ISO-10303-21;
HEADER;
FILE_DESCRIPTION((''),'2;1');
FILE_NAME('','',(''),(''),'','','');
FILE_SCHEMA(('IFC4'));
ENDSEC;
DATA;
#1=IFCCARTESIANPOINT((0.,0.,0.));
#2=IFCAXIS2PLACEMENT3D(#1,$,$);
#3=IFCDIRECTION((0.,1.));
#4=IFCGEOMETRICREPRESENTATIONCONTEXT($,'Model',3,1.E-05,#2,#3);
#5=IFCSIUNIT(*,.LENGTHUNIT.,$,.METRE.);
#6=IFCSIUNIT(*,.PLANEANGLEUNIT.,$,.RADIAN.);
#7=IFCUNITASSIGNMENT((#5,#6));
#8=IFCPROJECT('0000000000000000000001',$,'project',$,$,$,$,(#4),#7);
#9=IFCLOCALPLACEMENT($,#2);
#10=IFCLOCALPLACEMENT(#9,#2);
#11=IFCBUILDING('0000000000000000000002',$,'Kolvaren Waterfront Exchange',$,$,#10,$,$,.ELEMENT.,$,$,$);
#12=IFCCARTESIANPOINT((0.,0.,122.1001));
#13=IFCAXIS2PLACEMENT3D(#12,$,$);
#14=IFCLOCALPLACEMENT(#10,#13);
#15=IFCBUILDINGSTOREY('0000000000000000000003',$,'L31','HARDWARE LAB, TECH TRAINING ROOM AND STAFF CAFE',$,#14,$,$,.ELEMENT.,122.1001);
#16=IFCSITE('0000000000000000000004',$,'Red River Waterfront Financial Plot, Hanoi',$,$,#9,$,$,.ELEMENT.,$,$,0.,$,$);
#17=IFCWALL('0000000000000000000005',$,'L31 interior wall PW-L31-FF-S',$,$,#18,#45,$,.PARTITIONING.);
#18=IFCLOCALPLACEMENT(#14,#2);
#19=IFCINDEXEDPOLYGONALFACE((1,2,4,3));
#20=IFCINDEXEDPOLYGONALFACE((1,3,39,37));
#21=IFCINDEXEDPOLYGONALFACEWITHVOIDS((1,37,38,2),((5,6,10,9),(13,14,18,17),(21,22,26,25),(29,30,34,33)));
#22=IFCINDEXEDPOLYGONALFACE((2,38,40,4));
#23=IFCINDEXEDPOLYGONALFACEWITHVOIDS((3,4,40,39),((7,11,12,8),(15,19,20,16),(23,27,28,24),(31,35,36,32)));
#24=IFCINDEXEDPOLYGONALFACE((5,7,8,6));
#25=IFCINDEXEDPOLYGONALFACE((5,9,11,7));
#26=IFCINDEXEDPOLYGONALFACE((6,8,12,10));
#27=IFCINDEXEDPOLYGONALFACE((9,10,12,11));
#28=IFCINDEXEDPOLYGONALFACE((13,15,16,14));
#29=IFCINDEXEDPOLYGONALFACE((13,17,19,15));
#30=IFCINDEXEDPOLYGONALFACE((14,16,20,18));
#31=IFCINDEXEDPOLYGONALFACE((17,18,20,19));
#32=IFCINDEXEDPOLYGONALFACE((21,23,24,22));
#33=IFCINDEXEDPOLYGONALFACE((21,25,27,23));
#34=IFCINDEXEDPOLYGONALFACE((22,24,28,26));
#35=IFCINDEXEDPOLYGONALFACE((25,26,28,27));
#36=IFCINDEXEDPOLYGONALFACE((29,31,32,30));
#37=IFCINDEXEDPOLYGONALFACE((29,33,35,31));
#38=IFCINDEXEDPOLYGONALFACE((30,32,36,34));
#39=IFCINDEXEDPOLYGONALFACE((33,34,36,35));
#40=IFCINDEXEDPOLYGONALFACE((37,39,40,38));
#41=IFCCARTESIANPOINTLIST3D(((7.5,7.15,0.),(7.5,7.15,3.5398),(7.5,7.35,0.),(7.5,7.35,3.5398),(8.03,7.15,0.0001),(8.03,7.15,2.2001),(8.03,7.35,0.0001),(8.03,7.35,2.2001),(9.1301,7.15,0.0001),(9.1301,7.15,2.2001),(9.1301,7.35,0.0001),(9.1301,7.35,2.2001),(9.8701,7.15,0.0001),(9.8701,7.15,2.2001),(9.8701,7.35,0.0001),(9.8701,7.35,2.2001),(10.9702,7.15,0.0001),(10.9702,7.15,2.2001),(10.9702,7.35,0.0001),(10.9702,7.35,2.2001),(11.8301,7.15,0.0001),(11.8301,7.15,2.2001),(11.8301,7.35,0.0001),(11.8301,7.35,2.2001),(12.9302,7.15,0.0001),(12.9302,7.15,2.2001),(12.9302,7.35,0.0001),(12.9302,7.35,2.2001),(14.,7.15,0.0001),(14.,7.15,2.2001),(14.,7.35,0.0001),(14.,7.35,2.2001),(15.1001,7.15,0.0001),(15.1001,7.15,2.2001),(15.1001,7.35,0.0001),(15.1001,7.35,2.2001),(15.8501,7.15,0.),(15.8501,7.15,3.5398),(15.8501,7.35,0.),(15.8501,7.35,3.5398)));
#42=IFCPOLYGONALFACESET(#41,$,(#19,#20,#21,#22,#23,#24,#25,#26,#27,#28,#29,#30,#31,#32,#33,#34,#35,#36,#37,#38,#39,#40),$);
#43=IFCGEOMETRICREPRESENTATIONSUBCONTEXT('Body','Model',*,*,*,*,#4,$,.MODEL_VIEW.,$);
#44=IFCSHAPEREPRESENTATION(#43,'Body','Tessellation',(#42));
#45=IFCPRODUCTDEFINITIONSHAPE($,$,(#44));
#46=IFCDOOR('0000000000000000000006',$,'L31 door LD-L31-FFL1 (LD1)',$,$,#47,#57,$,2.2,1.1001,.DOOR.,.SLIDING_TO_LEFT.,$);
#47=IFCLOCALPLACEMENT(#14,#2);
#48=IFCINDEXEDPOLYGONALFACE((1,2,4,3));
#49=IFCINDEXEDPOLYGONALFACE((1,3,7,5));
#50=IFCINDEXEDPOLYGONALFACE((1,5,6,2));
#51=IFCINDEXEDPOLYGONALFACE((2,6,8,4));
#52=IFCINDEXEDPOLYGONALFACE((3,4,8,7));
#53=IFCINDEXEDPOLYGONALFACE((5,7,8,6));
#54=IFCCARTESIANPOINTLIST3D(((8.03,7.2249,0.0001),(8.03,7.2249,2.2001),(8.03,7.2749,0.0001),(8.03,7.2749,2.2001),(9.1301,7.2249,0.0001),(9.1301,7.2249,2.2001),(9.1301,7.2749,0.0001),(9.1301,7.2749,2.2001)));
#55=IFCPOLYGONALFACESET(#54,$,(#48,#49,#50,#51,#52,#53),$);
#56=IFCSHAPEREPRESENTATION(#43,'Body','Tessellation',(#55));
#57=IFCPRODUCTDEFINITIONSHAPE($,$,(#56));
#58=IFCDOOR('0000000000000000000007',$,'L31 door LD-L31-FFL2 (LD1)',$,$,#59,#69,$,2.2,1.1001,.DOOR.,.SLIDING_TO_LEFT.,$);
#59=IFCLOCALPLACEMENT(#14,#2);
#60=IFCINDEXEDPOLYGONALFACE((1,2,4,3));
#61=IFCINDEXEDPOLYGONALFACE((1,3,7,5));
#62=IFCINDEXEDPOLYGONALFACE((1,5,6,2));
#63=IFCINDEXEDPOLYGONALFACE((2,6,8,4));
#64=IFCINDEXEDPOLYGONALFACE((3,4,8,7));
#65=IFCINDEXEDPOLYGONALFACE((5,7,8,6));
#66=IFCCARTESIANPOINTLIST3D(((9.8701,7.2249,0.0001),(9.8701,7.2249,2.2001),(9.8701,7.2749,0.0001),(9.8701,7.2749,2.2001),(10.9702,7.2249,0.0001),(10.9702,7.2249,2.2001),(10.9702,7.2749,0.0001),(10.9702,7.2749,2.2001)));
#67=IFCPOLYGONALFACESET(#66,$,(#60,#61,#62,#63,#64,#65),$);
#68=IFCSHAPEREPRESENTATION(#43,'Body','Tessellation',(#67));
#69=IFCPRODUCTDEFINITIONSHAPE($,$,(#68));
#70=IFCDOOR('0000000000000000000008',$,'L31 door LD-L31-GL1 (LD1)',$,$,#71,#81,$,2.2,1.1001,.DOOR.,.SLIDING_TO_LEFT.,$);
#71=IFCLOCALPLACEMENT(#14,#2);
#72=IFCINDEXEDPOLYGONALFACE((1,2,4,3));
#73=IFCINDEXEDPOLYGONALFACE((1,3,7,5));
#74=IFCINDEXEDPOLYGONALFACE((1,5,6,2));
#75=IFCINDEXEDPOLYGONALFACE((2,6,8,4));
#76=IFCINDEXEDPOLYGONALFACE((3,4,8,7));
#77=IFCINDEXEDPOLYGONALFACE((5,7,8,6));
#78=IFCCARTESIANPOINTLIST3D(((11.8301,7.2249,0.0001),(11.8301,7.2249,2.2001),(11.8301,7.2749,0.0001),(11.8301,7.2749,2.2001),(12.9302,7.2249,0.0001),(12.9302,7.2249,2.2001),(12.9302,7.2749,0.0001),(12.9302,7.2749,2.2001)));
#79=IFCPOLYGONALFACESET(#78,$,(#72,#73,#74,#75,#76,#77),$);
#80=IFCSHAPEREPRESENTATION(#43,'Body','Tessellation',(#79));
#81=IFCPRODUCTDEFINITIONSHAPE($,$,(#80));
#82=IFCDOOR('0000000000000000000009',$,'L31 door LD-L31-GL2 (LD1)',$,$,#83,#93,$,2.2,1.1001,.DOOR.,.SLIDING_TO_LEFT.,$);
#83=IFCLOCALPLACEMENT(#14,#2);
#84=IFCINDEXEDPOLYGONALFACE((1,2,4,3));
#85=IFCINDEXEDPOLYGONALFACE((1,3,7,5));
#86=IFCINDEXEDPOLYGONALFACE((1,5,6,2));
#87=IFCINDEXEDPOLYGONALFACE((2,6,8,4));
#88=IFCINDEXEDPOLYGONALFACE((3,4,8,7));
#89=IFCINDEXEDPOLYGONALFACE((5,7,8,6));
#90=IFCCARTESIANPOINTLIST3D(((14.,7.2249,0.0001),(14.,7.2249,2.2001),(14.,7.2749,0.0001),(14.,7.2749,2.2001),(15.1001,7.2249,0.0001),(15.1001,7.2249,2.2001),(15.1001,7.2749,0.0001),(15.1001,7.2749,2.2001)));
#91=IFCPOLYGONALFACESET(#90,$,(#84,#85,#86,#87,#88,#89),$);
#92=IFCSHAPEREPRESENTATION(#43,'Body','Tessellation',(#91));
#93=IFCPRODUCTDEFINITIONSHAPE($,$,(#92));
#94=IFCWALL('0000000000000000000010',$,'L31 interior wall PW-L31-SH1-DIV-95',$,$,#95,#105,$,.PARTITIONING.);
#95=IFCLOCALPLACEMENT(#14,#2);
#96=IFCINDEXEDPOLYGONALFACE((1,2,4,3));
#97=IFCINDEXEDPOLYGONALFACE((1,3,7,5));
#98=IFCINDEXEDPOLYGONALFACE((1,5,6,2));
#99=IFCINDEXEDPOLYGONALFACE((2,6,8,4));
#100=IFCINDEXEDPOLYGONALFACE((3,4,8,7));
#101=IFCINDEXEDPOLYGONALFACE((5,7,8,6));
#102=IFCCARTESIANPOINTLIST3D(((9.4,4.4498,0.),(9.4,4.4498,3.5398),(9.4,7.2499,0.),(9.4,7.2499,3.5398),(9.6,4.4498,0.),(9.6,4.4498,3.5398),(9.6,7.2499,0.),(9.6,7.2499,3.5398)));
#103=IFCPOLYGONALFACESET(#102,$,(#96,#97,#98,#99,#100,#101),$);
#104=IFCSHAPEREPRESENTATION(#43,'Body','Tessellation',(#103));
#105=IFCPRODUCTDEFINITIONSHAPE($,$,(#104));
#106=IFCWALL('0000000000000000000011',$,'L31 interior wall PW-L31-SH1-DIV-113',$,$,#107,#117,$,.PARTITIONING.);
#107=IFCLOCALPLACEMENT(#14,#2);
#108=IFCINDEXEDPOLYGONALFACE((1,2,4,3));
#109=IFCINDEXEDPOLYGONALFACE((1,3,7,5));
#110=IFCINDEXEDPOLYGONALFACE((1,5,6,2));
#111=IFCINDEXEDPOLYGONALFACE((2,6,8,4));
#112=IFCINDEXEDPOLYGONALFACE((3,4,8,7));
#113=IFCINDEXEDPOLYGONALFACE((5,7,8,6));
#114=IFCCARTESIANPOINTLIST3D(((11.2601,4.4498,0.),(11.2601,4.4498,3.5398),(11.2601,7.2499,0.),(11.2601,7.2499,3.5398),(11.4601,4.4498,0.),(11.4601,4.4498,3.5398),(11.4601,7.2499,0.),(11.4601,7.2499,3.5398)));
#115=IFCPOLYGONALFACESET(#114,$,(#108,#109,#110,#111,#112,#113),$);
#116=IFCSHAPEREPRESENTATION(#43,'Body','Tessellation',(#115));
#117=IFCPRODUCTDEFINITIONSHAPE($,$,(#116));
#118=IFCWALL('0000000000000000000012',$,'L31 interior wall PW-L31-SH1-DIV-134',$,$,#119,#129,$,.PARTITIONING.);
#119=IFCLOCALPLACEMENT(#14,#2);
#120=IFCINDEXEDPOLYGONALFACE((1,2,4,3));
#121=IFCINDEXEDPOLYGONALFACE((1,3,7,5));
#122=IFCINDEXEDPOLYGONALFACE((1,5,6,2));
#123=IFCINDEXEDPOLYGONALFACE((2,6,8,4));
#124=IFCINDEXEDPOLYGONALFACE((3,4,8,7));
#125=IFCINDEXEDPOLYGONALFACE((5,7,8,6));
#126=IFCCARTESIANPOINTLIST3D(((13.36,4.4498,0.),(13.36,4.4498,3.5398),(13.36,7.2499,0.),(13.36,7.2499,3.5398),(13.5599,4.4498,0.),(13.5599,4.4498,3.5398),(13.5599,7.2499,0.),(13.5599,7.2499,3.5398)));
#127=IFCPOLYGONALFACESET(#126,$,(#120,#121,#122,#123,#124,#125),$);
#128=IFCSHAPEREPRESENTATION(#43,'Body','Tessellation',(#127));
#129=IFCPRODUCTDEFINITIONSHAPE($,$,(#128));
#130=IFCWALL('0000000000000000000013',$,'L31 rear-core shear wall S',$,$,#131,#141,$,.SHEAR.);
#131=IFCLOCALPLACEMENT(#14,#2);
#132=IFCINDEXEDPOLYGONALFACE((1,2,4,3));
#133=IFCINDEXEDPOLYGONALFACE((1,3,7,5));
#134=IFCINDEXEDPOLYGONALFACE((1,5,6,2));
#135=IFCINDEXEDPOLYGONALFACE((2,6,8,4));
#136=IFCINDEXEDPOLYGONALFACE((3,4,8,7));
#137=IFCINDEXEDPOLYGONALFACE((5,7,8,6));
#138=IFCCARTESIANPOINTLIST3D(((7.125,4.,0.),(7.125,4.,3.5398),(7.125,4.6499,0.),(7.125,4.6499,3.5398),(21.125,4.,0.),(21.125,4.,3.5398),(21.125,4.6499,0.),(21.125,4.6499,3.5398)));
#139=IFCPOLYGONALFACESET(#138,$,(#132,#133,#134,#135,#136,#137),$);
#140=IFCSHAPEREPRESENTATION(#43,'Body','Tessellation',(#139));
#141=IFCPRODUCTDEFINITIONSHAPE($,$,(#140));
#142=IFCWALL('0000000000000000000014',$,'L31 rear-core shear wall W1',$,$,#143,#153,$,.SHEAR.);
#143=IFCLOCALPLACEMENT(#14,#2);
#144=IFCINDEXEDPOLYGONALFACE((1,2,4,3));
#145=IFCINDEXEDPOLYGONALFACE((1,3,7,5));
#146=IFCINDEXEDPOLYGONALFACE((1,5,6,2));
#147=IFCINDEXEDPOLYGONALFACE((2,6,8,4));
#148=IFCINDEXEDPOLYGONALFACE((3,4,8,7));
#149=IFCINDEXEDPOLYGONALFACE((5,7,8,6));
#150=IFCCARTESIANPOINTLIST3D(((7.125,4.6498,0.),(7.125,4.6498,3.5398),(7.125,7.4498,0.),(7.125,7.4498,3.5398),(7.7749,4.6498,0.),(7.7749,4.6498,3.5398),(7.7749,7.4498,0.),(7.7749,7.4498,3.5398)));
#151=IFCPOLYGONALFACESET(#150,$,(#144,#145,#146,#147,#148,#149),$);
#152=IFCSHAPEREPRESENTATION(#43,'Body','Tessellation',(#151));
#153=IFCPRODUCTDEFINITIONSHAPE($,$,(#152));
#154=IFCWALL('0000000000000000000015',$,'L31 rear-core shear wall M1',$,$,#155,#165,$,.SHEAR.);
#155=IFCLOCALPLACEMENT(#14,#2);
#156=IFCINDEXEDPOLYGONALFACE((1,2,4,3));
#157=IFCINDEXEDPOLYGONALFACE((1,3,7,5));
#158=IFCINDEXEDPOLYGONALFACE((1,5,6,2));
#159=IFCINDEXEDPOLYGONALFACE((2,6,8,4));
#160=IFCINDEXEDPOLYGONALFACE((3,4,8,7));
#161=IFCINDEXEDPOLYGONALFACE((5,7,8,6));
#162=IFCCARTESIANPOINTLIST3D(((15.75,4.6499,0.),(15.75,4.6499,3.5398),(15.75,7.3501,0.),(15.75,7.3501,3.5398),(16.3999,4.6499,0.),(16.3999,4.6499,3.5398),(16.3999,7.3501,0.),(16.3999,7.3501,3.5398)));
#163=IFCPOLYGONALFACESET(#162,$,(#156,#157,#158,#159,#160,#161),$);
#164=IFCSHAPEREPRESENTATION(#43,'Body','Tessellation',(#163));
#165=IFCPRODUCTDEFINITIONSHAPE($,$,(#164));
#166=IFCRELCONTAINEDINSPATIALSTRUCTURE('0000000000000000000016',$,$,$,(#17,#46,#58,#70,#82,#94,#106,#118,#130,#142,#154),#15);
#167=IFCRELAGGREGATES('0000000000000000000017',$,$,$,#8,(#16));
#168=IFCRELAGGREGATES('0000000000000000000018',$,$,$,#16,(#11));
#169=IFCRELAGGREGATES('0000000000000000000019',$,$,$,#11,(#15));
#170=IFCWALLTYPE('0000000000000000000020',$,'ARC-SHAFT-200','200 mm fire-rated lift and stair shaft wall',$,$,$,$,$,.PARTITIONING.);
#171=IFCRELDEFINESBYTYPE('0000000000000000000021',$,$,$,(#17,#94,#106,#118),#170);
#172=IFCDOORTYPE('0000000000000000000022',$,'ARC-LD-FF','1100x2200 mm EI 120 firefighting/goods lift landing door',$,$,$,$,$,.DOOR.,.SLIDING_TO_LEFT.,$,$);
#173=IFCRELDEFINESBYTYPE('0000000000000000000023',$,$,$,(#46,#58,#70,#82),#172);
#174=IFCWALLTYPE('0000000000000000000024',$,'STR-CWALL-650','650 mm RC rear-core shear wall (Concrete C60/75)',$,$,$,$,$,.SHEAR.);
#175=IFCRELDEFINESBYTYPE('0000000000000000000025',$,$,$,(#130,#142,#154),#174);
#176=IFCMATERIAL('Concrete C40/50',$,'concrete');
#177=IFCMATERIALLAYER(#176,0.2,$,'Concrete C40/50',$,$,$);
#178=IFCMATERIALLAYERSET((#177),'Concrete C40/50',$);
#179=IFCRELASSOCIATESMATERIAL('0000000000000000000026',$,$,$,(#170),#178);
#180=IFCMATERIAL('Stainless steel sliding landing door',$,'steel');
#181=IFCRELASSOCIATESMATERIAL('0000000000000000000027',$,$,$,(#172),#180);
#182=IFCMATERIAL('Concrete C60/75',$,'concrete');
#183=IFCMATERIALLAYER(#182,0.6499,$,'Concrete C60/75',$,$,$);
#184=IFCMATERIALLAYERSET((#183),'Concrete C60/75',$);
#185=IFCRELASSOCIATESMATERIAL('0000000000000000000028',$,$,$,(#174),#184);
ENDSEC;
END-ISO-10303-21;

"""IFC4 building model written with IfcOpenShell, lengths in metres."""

from ifc_helpers import new_model, si_unit, direction, frame, frame_2d, origin, place, context, subcontext, project, spatial, rectangle, extrude, material, layer, layer_set, type_object, element, fill, save


model = new_model("IFC4")

# Units and contexts
model_context = context("Model", 3, precision=1e-05, world=origin(), true_north=direction((0.0, 1.0)))
body_context = subcontext(model_context, "Body", "Model", "MODEL_VIEW")
ifc_project = project(units=[si_unit("LENGTHUNIT", "METRE"), si_unit("PLANEANGLEUNIT", "RADIAN")], contexts=[model_context])

# Site, building, storey
site_placement = place(None, origin())
site = spatial("IfcSite", under=ifc_project, at=site_placement, Name="Red River Waterfront Financial Plot, Hanoi", CompositionType="ELEMENT", RefElevation=0.0)
building_placement = place(site_placement, origin())
building = spatial("IfcBuilding", under=site, at=building_placement, Name="Kolvaren Waterfront Exchange", CompositionType="ELEMENT")
storey_placement = place(building_placement, frame((0.0, 0.0, 122.1001)))
storey = spatial("IfcBuildingStorey", under=building, at=storey_placement, Name="L31", Description="HARDWARE LAB, TECH TRAINING ROOM AND STAFF CAFE", CompositionType="ELEMENT", Elevation=122.1001)

# Shared definitions
ifc_material_1 = material(Name="Concrete C60/75", Category="concrete")

# Wall, openings, doors
ifc_material_2 = material(Name="Concrete C40/50", Category="concrete")
ifc_layer_1 = layer(ifc_material_2, 0.2, Name="Concrete C40/50")
ifc_layer_set_1 = layer_set([ifc_layer_1], Name="Concrete C40/50")
wall_type_1 = type_object("IfcWallType", Name="ARC-SHAFT-200", Description="200 mm fire-rated lift and stair shaft wall", PredefinedType="PARTITIONING", material=ifc_layer_set_1)
wall_1_placement = place(storey_placement, frame((7.5, 7.25, 0.0), z_axis=(0.0, 0.0, 1.0), x_axis=(1.0, 0.0, 0.0)))
wall_1 = element("IfcWall", 1, at=wall_1_placement, inside=storey, type_object=wall_type_1, Name="L31 interior wall PW-L31-FF-S", PredefinedType="PARTITIONING", context=body_context, shape_type="SweptSolid", body=[
    extrude(rectangle(XDim=8.3501, YDim=0.2, at=frame_2d((4.175, 0.0))), origin(), (0.0, 0.0, 1.0), 3.5398),
])
opening_1_placement = place(wall_1_placement, frame((0.53, 0.0, 0.0)))
opening_1 = element("IfcOpeningElement", 2, at=opening_1_placement, cuts=wall_1, PredefinedType="OPENING", context=body_context, shape_type="SweptSolid", body=[
    extrude(rectangle(XDim=1.1001, YDim=2.2, at=frame_2d((0.55, 1.1001))), frame((0.0, 0.1099, 0.0), z_axis=(0.0, -1.0, 0.0), x_axis=(1.0, 0.0, 0.0)), (0.0, 0.0, 1.0), 0.22),
])
opening_2_placement = place(wall_1_placement, frame((2.3701, 0.0, 0.0)))
opening_2 = element("IfcOpeningElement", 3, at=opening_2_placement, cuts=wall_1, PredefinedType="OPENING", context=body_context, shape_type="SweptSolid", body=[
    extrude(rectangle(XDim=1.1001, YDim=2.2, at=frame_2d((0.55, 1.1001))), frame((0.0, 0.1099, 0.0), z_axis=(0.0, -1.0, 0.0), x_axis=(1.0, 0.0, 0.0)), (0.0, 0.0, 1.0), 0.22),
])
opening_3_placement = place(wall_1_placement, frame((4.3301, 0.0, 0.0)))
opening_3 = element("IfcOpeningElement", 4, at=opening_3_placement, cuts=wall_1, PredefinedType="OPENING", context=body_context, shape_type="SweptSolid", body=[
    extrude(rectangle(XDim=1.1001, YDim=2.2, at=frame_2d((0.55, 1.1001))), frame((0.0, 0.1099, 0.0), z_axis=(0.0, -1.0, 0.0), x_axis=(1.0, 0.0, 0.0)), (0.0, 0.0, 1.0), 0.22),
])
opening_4_placement = place(wall_1_placement, frame((6.5, 0.0, 0.0)))
opening_4 = element("IfcOpeningElement", 5, at=opening_4_placement, cuts=wall_1, PredefinedType="OPENING", context=body_context, shape_type="SweptSolid", body=[
    extrude(rectangle(XDim=1.1001, YDim=2.2, at=frame_2d((0.55, 1.1001))), frame((0.0, 0.1099, 0.0), z_axis=(0.0, -1.0, 0.0), x_axis=(1.0, 0.0, 0.0)), (0.0, 0.0, 1.0), 0.22),
])
ifc_material_3 = material(Name="Stainless steel sliding landing door", Category="steel")
door_type = type_object("IfcDoorType", Name="ARC-LD-FF", Description="1100x2200 mm EI 120 firefighting/goods lift landing door", OperationType="SLIDING_TO_LEFT", PredefinedType="DOOR", material=ifc_material_3)
door_1_placement = place(opening_1_placement, origin())
door_1 = element("IfcDoor", 6, at=door_1_placement, inside=storey, type_object=door_type, Name="L31 door LD-L31-FFL1 (LD1)", OperationType="SLIDING_TO_LEFT", OverallHeight=2.2, OverallWidth=1.1001, PredefinedType="DOOR", context=body_context, shape_type="SweptSolid", body=[
    extrude(rectangle(XDim=1.1001, YDim=2.2, at=frame_2d((0.55, 1.1001))), frame((0.0, 0.0249, 0.0), z_axis=(0.0, -1.0, 0.0), x_axis=(1.0, 0.0, 0.0)), (0.0, 0.0, 1.0), 0.05),
])
fill(opening_1, door_1)
door_2_placement = place(opening_2_placement, origin())
door_2 = element("IfcDoor", 7, at=door_2_placement, inside=storey, type_object=door_type, Name="L31 door LD-L31-FFL2 (LD1)", OperationType="SLIDING_TO_LEFT", OverallHeight=2.2, OverallWidth=1.1001, PredefinedType="DOOR", context=body_context, shape_type="SweptSolid", body=[
    extrude(rectangle(XDim=1.1001, YDim=2.2, at=frame_2d((0.55, 1.1001))), frame((0.0, 0.0249, 0.0), z_axis=(0.0, -1.0, 0.0), x_axis=(1.0, 0.0, 0.0)), (0.0, 0.0, 1.0), 0.05),
])
fill(opening_2, door_2)
door_3_placement = place(opening_3_placement, origin())
door_3 = element("IfcDoor", 8, at=door_3_placement, inside=storey, type_object=door_type, Name="L31 door LD-L31-GL1 (LD1)", OperationType="SLIDING_TO_LEFT", OverallHeight=2.2, OverallWidth=1.1001, PredefinedType="DOOR", context=body_context, shape_type="SweptSolid", body=[
    extrude(rectangle(XDim=1.1001, YDim=2.2, at=frame_2d((0.55, 1.1001))), frame((0.0, 0.0249, 0.0), z_axis=(0.0, -1.0, 0.0), x_axis=(1.0, 0.0, 0.0)), (0.0, 0.0, 1.0), 0.05),
])
fill(opening_3, door_3)
door_4_placement = place(opening_4_placement, origin())
door_4 = element("IfcDoor", 9, at=door_4_placement, inside=storey, type_object=door_type, Name="L31 door LD-L31-GL2 (LD1)", OperationType="SLIDING_TO_LEFT", OverallHeight=2.2, OverallWidth=1.1001, PredefinedType="DOOR", context=body_context, shape_type="SweptSolid", body=[
    extrude(rectangle(XDim=1.1001, YDim=2.2, at=frame_2d((0.55, 1.1001))), frame((0.0, 0.0249, 0.0), z_axis=(0.0, -1.0, 0.0), x_axis=(1.0, 0.0, 0.0)), (0.0, 0.0, 1.0), 0.05),
])
fill(opening_4, door_4)

# Walls
for number, where, z_axis, x_axis, name in (
    (10, (9.5, 4.45, 0.0), (0.0, 0.0, 1.0), (0.0, 1.0, 0.0), "L31 interior wall PW-L31-SH1-DIV-95"),
    (11, (11.3601, 4.45, 0.0), (0.0, 0.0, 1.0), (0.0, 1.0, 0.0), "L31 interior wall PW-L31-SH1-DIV-113"),
    (12, (13.46, 4.45, 0.0), (0.0, 0.0, 1.0), (0.0, 1.0, 0.0), "L31 interior wall PW-L31-SH1-DIV-134"),
):
    element("IfcWall", number, at=place(storey_placement, frame(where, z_axis=z_axis, x_axis=x_axis)), inside=storey, type_object=wall_type_1, Name=name, PredefinedType="PARTITIONING", context=body_context, shape_type="SweptSolid", body=[
        extrude(rectangle(XDim=2.8, YDim=0.2, at=frame_2d((1.3999, 0.0))), origin(), (0.0, 0.0, 1.0), 3.5398),
    ])
ifc_layer_2 = layer(ifc_material_1, 0.6499, Name="Concrete C60/75")
ifc_layer_set_2 = layer_set([ifc_layer_2], Name="Concrete C60/75")
wall_type_2 = type_object("IfcWallType", Name="STR-CWALL-650", Description="650 mm RC rear-core shear wall (Concrete C60/75)", PredefinedType="SHEAR", material=ifc_layer_set_2)
wall_2_placement = place(storey_placement, frame((7.125, 4.325, 0.0), z_axis=(0.0, 0.0, 1.0), x_axis=(1.0, 0.0, 0.0)))
element("IfcWall", 13, at=wall_2_placement, inside=storey, type_object=wall_type_2, Name="L31 rear-core shear wall S", PredefinedType="SHEAR", context=body_context, shape_type="SweptSolid", body=[
    extrude(rectangle(XDim=14.0, YDim=0.6499, at=frame_2d((7.0, 0.0))), origin(), (0.0, 0.0, 1.0), 3.5398),
])
wall_3_placement = place(storey_placement, frame((7.45, 4.6499, 0.0), z_axis=(0.0, 0.0, 1.0), x_axis=(0.0, 1.0, 0.0)))
element("IfcWall", 14, at=wall_3_placement, inside=storey, type_object=wall_type_2, Name="L31 rear-core shear wall W1", PredefinedType="SHEAR", context=body_context, shape_type="SweptSolid", body=[
    extrude(rectangle(XDim=2.8, YDim=0.6499, at=frame_2d((1.3999, 0.0))), origin(), (0.0, 0.0, 1.0), 3.5398),
])
wall_4_placement = place(storey_placement, frame((16.075, 4.6499, 0.0), z_axis=(0.0, 0.0, 1.0), x_axis=(0.0, 1.0, 0.0)))
element("IfcWall", 15, at=wall_4_placement, inside=storey, type_object=wall_type_2, Name="L31 rear-core shear wall M1", PredefinedType="SHEAR", context=body_context, shape_type="SweptSolid", body=[
    extrude(rectangle(XDim=2.7002, YDim=0.6499, at=frame_2d((1.3501, 0.0))), origin(), (0.0, 0.0, 1.0), 3.5398),
])

save(model, "model.ifc")
